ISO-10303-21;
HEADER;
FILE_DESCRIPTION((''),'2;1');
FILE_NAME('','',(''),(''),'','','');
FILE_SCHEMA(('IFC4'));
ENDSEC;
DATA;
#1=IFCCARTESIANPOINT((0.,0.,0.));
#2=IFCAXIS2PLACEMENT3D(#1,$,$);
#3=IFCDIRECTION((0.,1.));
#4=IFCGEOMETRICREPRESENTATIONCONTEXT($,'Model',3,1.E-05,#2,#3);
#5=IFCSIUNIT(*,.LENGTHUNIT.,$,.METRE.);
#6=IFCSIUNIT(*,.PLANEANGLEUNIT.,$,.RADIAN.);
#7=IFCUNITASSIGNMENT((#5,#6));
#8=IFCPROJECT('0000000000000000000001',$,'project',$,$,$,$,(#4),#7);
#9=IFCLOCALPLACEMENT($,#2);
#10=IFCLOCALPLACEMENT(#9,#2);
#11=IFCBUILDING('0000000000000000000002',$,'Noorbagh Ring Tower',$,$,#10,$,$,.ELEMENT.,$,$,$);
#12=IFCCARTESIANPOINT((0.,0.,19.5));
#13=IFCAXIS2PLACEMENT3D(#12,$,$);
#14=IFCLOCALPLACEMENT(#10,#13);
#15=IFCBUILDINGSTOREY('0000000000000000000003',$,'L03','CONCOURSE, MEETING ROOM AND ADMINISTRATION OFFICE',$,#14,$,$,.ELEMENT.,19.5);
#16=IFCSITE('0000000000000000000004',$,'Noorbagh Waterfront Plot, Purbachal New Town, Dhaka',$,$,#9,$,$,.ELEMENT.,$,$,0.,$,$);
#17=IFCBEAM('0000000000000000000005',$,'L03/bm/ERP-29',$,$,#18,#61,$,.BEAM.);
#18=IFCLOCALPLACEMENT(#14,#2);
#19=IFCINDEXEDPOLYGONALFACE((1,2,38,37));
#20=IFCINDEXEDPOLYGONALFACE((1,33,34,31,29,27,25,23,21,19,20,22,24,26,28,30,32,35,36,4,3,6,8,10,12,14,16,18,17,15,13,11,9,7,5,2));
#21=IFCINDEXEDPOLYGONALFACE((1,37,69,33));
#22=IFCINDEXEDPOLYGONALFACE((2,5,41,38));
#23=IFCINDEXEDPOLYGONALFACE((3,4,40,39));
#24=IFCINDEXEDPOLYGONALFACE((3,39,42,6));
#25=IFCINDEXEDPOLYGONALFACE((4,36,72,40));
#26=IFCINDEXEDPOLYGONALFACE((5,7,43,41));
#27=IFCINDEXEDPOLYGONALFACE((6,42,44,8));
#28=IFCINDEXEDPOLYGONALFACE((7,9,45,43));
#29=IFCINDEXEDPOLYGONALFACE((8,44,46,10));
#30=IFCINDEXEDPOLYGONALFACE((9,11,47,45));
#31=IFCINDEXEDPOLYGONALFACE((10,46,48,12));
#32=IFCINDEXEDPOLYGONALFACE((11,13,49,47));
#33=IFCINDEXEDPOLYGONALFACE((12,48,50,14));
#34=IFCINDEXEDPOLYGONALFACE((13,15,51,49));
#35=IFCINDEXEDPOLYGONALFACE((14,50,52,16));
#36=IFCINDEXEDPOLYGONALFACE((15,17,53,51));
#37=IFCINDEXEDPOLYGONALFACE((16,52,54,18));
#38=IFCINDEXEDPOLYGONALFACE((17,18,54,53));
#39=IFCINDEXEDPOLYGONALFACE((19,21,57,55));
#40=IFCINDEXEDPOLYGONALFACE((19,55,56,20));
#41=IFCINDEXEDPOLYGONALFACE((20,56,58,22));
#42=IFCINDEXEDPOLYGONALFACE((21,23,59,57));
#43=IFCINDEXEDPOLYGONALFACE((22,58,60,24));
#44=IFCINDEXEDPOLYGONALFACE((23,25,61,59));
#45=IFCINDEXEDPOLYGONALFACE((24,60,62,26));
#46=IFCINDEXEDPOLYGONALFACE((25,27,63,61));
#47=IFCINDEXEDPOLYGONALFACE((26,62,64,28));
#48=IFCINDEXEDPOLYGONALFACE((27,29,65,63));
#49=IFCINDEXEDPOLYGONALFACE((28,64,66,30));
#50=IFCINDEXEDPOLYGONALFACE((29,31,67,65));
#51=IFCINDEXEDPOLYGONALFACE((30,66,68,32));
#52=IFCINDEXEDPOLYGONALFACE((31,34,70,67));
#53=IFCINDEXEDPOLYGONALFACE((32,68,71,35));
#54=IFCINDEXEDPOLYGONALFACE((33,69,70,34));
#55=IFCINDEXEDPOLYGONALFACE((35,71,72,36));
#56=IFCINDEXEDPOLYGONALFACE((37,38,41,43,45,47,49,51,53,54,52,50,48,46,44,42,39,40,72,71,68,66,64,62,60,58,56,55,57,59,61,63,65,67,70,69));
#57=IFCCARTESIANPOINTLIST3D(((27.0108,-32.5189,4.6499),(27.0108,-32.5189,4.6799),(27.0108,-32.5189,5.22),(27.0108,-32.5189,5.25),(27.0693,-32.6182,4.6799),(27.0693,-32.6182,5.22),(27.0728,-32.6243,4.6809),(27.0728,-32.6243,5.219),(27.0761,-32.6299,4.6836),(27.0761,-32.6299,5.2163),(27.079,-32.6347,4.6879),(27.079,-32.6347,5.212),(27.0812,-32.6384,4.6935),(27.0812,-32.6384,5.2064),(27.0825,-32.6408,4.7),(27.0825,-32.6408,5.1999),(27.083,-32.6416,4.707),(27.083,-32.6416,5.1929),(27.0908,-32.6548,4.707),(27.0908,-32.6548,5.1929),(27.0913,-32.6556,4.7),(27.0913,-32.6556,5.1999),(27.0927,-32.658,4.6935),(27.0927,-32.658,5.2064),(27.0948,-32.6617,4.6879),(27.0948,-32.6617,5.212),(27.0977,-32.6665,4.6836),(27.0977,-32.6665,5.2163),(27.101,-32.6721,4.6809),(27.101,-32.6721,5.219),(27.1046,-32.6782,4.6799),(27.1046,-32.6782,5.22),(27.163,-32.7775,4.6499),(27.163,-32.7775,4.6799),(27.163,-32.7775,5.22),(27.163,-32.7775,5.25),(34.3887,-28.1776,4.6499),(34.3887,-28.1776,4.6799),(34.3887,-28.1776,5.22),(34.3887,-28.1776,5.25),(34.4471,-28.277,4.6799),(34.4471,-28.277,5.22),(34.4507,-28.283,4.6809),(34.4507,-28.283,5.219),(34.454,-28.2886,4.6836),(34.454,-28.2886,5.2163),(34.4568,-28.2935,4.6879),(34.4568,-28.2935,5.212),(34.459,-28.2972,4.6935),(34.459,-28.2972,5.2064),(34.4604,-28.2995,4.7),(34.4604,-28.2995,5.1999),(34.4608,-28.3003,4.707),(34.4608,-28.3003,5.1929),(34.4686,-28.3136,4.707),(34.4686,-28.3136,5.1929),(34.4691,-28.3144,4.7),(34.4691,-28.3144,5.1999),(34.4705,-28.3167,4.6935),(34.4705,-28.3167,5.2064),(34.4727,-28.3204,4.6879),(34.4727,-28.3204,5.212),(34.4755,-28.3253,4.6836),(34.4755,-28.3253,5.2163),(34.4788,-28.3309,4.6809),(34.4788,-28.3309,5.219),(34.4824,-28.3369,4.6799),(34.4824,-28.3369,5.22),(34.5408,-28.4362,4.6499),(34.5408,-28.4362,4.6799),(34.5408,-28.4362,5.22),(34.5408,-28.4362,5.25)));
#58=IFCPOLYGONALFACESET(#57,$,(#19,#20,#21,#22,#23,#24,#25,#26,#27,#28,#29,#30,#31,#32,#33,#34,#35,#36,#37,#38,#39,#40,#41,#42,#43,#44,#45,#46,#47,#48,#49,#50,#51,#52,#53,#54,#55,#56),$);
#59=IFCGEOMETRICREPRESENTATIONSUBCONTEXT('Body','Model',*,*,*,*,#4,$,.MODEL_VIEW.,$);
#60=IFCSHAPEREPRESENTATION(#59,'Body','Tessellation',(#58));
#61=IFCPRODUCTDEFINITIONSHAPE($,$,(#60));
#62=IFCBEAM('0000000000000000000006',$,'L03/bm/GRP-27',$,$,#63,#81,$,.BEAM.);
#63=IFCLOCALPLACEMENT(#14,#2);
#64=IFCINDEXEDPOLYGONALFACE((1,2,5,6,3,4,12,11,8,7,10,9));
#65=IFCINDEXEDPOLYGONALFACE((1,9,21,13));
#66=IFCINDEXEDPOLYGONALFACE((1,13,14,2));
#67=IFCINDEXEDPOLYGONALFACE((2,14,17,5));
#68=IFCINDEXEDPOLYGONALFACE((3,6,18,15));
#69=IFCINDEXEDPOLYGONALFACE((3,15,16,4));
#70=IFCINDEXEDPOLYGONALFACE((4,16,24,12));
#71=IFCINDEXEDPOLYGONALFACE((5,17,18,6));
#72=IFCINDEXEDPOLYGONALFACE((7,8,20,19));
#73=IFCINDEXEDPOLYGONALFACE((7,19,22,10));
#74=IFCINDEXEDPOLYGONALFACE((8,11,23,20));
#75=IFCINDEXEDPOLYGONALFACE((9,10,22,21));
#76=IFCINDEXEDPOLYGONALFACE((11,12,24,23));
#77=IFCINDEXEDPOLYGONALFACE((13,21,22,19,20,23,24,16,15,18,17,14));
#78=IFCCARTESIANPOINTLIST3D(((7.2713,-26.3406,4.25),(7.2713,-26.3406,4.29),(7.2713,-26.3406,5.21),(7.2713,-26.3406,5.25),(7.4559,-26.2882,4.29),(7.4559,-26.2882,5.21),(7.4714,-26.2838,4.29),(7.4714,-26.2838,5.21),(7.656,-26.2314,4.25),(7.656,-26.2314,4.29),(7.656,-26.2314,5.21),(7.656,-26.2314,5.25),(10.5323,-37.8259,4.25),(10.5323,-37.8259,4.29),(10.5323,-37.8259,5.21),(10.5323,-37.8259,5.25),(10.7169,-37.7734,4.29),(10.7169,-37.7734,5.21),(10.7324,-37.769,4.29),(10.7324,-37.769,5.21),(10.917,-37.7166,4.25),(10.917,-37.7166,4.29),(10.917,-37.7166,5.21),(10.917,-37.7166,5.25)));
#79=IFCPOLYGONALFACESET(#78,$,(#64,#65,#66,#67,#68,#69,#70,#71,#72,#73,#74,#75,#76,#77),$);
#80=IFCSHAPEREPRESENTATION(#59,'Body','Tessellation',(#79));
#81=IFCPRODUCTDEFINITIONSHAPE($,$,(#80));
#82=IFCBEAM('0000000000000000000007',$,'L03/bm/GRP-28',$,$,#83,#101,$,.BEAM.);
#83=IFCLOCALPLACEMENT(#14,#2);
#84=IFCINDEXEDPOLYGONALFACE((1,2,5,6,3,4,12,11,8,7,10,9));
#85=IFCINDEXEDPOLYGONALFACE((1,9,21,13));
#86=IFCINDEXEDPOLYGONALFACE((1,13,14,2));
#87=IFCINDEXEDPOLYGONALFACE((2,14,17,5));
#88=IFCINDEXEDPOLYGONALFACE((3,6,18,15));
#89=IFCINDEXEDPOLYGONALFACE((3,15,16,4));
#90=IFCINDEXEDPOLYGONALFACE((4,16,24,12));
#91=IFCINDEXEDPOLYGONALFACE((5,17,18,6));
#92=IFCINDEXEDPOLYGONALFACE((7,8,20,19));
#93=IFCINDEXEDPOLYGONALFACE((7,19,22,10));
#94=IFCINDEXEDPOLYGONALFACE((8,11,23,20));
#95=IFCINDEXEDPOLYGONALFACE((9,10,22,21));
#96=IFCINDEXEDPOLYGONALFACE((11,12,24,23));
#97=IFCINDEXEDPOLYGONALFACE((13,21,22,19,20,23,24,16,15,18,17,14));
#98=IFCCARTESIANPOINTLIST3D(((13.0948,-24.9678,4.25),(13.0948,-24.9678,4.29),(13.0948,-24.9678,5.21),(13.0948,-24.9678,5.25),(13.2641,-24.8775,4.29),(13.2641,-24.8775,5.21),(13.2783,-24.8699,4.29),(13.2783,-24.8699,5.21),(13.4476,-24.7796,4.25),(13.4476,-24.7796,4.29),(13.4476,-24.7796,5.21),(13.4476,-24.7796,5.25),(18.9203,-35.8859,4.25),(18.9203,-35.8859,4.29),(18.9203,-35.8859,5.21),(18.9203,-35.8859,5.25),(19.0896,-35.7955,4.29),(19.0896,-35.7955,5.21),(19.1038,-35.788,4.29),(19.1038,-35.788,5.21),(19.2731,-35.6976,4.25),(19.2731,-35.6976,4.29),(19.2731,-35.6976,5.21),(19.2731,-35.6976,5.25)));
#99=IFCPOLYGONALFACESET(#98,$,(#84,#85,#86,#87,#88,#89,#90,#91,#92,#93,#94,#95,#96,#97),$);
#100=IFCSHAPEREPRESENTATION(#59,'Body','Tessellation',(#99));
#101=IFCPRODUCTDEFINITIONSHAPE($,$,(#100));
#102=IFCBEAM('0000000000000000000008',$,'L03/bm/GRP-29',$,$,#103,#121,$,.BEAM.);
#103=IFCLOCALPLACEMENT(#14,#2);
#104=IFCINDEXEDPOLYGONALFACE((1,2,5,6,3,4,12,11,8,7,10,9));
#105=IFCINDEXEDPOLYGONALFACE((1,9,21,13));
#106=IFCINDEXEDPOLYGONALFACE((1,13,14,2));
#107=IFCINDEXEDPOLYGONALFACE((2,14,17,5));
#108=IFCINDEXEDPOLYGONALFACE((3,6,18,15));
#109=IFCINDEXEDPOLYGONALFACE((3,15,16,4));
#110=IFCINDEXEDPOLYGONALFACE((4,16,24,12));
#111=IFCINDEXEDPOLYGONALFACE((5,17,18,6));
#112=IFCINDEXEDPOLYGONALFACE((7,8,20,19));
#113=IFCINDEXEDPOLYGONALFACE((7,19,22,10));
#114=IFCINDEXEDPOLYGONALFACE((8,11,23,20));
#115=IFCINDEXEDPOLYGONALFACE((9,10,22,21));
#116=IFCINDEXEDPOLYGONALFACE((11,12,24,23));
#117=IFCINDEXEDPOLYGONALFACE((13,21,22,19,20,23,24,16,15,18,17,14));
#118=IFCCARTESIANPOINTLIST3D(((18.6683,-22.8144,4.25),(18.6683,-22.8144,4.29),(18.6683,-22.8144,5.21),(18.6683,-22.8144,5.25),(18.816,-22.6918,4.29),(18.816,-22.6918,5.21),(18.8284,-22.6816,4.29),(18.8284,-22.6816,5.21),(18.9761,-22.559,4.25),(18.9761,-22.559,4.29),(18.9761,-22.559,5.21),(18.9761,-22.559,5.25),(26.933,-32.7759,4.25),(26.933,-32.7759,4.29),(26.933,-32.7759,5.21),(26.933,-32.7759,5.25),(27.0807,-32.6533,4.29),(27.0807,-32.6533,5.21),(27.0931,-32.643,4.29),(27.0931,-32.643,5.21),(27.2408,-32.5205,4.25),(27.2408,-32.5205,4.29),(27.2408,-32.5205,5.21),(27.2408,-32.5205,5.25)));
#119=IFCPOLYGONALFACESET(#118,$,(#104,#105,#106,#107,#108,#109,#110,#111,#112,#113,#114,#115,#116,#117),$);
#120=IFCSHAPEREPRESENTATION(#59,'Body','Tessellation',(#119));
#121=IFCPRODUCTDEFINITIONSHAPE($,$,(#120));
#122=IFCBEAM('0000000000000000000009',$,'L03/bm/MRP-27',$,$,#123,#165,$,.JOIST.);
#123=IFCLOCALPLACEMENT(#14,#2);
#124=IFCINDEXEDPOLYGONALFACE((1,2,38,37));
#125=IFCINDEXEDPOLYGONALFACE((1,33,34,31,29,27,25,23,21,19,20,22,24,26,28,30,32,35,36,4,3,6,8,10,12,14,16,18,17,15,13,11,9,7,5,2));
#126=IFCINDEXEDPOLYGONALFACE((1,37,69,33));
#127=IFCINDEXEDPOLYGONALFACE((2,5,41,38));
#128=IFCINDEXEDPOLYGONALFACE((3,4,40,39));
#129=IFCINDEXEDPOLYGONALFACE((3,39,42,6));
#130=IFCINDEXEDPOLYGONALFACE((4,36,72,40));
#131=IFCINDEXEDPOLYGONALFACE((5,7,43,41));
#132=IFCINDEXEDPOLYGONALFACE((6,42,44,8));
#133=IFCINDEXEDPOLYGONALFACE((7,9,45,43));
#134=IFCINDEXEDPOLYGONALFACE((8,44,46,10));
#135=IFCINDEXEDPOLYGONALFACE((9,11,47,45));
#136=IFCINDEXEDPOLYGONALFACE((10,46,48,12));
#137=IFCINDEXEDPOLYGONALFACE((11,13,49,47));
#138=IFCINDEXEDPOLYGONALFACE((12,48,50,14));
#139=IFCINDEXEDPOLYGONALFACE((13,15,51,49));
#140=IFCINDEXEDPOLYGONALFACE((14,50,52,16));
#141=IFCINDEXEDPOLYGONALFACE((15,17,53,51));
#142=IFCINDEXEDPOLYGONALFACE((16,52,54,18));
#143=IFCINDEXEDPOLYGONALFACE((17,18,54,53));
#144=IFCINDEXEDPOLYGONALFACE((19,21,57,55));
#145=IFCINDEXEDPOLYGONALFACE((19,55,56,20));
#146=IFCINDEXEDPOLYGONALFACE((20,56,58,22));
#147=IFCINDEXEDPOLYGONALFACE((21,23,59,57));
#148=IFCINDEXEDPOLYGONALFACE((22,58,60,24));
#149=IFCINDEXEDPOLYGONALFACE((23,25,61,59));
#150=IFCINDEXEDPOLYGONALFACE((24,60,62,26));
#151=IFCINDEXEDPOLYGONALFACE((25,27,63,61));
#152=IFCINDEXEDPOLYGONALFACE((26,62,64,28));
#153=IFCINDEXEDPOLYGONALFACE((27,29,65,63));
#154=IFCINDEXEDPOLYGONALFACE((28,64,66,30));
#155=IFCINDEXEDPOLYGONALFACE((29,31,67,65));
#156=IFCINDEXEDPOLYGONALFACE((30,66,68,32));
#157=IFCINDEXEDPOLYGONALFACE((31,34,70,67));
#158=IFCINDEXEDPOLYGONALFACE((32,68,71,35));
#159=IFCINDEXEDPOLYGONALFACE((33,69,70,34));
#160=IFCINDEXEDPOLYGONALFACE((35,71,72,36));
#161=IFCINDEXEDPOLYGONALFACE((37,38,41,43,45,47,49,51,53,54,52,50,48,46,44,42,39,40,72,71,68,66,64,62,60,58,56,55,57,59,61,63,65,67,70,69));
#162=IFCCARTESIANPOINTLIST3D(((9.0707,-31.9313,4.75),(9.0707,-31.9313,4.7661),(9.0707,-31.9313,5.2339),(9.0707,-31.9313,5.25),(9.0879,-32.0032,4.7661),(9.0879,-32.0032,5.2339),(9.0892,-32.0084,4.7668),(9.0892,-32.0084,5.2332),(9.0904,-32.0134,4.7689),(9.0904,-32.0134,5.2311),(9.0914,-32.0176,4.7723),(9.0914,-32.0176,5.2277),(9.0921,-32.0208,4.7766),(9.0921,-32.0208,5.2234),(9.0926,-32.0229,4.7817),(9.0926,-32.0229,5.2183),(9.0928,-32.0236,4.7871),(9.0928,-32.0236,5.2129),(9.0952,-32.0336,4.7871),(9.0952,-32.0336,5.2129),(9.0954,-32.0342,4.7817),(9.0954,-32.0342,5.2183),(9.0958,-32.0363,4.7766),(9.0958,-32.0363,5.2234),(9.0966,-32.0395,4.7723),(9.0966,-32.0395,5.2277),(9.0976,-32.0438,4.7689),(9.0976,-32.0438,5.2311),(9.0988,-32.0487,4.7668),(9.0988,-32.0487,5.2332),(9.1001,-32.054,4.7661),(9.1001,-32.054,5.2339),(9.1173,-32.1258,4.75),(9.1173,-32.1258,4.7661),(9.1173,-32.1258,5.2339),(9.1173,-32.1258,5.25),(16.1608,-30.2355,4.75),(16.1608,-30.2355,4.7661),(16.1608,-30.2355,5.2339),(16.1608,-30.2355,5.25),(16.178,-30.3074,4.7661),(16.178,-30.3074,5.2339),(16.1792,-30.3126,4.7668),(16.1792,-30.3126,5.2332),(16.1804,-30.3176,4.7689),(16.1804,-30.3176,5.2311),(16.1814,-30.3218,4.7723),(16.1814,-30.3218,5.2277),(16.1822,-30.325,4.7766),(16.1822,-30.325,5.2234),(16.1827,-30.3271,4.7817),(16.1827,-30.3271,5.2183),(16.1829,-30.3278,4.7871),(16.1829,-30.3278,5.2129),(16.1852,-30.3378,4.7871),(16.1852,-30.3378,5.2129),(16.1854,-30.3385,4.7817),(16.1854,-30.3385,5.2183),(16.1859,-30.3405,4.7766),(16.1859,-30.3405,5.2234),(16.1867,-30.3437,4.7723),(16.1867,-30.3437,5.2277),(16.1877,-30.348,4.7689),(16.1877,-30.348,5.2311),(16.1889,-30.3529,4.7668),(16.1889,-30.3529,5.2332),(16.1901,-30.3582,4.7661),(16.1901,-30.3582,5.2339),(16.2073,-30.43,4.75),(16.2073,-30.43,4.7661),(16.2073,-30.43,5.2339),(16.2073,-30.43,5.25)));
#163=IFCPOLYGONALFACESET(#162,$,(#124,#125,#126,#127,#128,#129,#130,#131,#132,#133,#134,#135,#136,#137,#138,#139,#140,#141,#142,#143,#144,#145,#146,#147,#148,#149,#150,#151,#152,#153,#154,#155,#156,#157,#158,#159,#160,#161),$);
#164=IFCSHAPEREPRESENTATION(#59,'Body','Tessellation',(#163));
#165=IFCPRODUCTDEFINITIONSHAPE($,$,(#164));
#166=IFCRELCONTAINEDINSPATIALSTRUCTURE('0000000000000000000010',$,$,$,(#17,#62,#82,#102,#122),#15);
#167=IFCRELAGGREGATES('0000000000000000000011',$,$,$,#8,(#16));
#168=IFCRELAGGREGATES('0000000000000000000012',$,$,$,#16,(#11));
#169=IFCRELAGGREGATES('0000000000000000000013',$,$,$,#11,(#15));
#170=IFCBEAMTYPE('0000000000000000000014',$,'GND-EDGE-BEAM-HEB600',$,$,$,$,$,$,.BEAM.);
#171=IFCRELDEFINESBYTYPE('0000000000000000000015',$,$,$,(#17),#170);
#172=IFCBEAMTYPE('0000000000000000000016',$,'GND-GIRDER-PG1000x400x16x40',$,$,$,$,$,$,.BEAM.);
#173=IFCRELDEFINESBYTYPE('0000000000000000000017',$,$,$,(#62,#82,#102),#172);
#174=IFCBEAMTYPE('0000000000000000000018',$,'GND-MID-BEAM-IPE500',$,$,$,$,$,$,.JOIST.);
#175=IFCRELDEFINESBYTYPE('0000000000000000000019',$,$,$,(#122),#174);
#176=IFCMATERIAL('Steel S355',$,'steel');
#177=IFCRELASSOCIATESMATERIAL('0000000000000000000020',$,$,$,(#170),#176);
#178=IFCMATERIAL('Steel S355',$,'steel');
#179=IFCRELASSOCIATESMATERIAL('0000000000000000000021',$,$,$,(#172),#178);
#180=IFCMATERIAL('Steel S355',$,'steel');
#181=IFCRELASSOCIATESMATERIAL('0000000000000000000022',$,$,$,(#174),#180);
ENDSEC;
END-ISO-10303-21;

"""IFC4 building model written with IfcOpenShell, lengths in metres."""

from ifc_helpers import new_model, si_unit, direction, frame, origin, origin_2d, place, context, subcontext, project, spatial, i_section, extrude, material, material_profile, profile_set, type_object, element, save


model = new_model("IFC4")

# Units and contexts
model_context = context("Model", 3, precision=1e-05, world=origin(), true_north=direction((0.0, 1.0)))
body_context = subcontext(model_context, "Body", "Model", "MODEL_VIEW")
ifc_project = project(units=[si_unit("LENGTHUNIT", "METRE"), si_unit("PLANEANGLEUNIT", "RADIAN")], contexts=[model_context])

# Site, building, storey
site_placement = place(None, origin())
site = spatial("IfcSite", under=ifc_project, at=site_placement, Name="Noorbagh Waterfront Plot, Purbachal New Town, Dhaka", CompositionType="ELEMENT", RefElevation=0.0)
building_placement = place(site_placement, origin())
building = spatial("IfcBuilding", under=site, at=building_placement, Name="Noorbagh Ring Tower", CompositionType="ELEMENT")
storey_placement = place(building_placement, frame((0.0, 0.0, 19.5)))
storey = spatial("IfcBuildingStorey", under=building, at=storey_placement, Name="L03", Description="CONCOURSE, MEETING ROOM AND ADMINISTRATION OFFICE", CompositionType="ELEMENT", Elevation=19.5)

# Beams
ifc_material_1 = material(Name="Steel S355", Category="steel")
ifc_material_profile_1 = material_profile(ifc_material_1, i_section(OverallWidth=0.3, OverallDepth=0.6001, WebThickness=0.0154, FlangeThickness=0.03, FilletRadius=0.0271, at=origin_2d()), Name="HEB600")
ifc_profile_set_1 = profile_set([ifc_material_profile_1], Name="Steel S355")
beam_type_1 = type_object("IfcBeamType", Name="GND-EDGE-BEAM-HEB600", PredefinedType="BEAM", material=ifc_profile_set_1)
beam_1_placement = place(storey_placement, frame((27.0869, -32.6482, 4.95), z_axis=(0.861865, 0.507137, 0.0), x_axis=(-0.507137, 0.861865, 0.0)))
element("IfcBeam", 1, at=beam_1_placement, inside=storey, type_object=beam_type_1, Name="L03/bm/ERP-29", PredefinedType="BEAM", context=body_context, shape_type="SweptSolid", body=[
    extrude(i_section(OverallWidth=0.3, OverallDepth=0.6001, WebThickness=0.0154, FlangeThickness=0.03, FilletRadius=0.0271, at=origin_2d()), origin(), (0.0, 0.0, 1.0), 8.5603),
])
ifc_material_2 = material(Name="Steel S355", Category="steel")
ifc_material_profile_2 = material_profile(ifc_material_2, i_section(OverallWidth=0.3999, OverallDepth=1.0, WebThickness=0.0161, FlangeThickness=0.04, at=origin_2d()), Name="PG1000x400x16x40")
ifc_profile_set_2 = profile_set([ifc_material_profile_2], Name="Steel S355")
beam_type_2 = type_object("IfcBeamType", Name="GND-GIRDER-PG1000x400x16x40", PredefinedType="BEAM", material=ifc_profile_set_2)
beam_2_placement = place(storey_placement, frame((10.7246, -37.7712, 4.75), z_axis=(-0.27313, 0.961977, 0.0), x_axis=(-0.961977, -0.27313, 0.0)))
element("IfcBeam", 2, at=beam_2_placement, inside=storey, type_object=beam_type_2, Name="L03/bm/GRP-27", PredefinedType="BEAM", context=body_context, shape_type="SweptSolid", body=[
    extrude(i_section(OverallWidth=0.3999, OverallDepth=1.0, WebThickness=0.0161, FlangeThickness=0.04, at=origin_2d()), origin(), (0.0, 0.0, 1.0), 11.9392),
])
beam_3_placement = place(storey_placement, frame((19.0967, -35.7917, 4.75), z_axis=(-0.470747, 0.882268, 0.0), x_axis=(-0.882268, -0.470747, 0.0)))
element("IfcBeam", 3, at=beam_3_placement, inside=storey, type_object=beam_type_2, Name="L03/bm/GRP-28", PredefinedType="BEAM", context=body_context, shape_type="SweptSolid", body=[
    extrude(i_section(OverallWidth=0.3999, OverallDepth=1.0, WebThickness=0.0161, FlangeThickness=0.04, at=origin_2d()), origin(), (0.0, 0.0, 1.0), 12.375),
])
beam_4_placement = place(storey_placement, frame((27.0869, -32.6482, 4.75), z_axis=(-0.638517, 0.769608, 0.0), x_axis=(-0.769608, -0.638517, 0.0)))
element("IfcBeam", 4, at=beam_4_placement, inside=storey, type_object=beam_type_2, Name="L03/bm/GRP-29", PredefinedType="BEAM", context=body_context, shape_type="SweptSolid", body=[
    extrude(i_section(OverallWidth=0.3999, OverallDepth=1.0, WebThickness=0.0161, FlangeThickness=0.04, at=origin_2d()), origin(), (0.0, 0.0, 1.0), 12.9436),
])
ifc_material_3 = material(Name="Steel S355", Category="steel")
ifc_material_profile_3 = material_profile(ifc_material_3, i_section(OverallWidth=0.2, OverallDepth=0.5, WebThickness=0.0103, FlangeThickness=0.0161, FilletRadius=0.021, at=origin_2d()), Name="IPE500")
ifc_profile_set_3 = profile_set([ifc_material_profile_3], Name="Steel S355")
beam_type_3 = type_object("IfcBeamType", Name="GND-MID-BEAM-IPE500", PredefinedType="JOIST", material=ifc_profile_set_3)
beam_5_placement = place(storey_placement, frame((9.094, -32.0286, 5.0), z_axis=(0.972568, 0.232618, 0.0), x_axis=(-0.232618, 0.972568, 0.0)))
element("IfcBeam", 5, at=beam_5_placement, inside=storey, type_object=beam_type_3, Name="L03/bm/MRP-27", PredefinedType="JOIST", context=body_context, shape_type="SweptSolid", body=[
    extrude(i_section(OverallWidth=0.2, OverallDepth=0.5, WebThickness=0.0103, FlangeThickness=0.0161, FilletRadius=0.021, at=origin_2d()), origin(), (0.0, 0.0, 1.0), 7.29),
])

save(model, "model.ifc")
